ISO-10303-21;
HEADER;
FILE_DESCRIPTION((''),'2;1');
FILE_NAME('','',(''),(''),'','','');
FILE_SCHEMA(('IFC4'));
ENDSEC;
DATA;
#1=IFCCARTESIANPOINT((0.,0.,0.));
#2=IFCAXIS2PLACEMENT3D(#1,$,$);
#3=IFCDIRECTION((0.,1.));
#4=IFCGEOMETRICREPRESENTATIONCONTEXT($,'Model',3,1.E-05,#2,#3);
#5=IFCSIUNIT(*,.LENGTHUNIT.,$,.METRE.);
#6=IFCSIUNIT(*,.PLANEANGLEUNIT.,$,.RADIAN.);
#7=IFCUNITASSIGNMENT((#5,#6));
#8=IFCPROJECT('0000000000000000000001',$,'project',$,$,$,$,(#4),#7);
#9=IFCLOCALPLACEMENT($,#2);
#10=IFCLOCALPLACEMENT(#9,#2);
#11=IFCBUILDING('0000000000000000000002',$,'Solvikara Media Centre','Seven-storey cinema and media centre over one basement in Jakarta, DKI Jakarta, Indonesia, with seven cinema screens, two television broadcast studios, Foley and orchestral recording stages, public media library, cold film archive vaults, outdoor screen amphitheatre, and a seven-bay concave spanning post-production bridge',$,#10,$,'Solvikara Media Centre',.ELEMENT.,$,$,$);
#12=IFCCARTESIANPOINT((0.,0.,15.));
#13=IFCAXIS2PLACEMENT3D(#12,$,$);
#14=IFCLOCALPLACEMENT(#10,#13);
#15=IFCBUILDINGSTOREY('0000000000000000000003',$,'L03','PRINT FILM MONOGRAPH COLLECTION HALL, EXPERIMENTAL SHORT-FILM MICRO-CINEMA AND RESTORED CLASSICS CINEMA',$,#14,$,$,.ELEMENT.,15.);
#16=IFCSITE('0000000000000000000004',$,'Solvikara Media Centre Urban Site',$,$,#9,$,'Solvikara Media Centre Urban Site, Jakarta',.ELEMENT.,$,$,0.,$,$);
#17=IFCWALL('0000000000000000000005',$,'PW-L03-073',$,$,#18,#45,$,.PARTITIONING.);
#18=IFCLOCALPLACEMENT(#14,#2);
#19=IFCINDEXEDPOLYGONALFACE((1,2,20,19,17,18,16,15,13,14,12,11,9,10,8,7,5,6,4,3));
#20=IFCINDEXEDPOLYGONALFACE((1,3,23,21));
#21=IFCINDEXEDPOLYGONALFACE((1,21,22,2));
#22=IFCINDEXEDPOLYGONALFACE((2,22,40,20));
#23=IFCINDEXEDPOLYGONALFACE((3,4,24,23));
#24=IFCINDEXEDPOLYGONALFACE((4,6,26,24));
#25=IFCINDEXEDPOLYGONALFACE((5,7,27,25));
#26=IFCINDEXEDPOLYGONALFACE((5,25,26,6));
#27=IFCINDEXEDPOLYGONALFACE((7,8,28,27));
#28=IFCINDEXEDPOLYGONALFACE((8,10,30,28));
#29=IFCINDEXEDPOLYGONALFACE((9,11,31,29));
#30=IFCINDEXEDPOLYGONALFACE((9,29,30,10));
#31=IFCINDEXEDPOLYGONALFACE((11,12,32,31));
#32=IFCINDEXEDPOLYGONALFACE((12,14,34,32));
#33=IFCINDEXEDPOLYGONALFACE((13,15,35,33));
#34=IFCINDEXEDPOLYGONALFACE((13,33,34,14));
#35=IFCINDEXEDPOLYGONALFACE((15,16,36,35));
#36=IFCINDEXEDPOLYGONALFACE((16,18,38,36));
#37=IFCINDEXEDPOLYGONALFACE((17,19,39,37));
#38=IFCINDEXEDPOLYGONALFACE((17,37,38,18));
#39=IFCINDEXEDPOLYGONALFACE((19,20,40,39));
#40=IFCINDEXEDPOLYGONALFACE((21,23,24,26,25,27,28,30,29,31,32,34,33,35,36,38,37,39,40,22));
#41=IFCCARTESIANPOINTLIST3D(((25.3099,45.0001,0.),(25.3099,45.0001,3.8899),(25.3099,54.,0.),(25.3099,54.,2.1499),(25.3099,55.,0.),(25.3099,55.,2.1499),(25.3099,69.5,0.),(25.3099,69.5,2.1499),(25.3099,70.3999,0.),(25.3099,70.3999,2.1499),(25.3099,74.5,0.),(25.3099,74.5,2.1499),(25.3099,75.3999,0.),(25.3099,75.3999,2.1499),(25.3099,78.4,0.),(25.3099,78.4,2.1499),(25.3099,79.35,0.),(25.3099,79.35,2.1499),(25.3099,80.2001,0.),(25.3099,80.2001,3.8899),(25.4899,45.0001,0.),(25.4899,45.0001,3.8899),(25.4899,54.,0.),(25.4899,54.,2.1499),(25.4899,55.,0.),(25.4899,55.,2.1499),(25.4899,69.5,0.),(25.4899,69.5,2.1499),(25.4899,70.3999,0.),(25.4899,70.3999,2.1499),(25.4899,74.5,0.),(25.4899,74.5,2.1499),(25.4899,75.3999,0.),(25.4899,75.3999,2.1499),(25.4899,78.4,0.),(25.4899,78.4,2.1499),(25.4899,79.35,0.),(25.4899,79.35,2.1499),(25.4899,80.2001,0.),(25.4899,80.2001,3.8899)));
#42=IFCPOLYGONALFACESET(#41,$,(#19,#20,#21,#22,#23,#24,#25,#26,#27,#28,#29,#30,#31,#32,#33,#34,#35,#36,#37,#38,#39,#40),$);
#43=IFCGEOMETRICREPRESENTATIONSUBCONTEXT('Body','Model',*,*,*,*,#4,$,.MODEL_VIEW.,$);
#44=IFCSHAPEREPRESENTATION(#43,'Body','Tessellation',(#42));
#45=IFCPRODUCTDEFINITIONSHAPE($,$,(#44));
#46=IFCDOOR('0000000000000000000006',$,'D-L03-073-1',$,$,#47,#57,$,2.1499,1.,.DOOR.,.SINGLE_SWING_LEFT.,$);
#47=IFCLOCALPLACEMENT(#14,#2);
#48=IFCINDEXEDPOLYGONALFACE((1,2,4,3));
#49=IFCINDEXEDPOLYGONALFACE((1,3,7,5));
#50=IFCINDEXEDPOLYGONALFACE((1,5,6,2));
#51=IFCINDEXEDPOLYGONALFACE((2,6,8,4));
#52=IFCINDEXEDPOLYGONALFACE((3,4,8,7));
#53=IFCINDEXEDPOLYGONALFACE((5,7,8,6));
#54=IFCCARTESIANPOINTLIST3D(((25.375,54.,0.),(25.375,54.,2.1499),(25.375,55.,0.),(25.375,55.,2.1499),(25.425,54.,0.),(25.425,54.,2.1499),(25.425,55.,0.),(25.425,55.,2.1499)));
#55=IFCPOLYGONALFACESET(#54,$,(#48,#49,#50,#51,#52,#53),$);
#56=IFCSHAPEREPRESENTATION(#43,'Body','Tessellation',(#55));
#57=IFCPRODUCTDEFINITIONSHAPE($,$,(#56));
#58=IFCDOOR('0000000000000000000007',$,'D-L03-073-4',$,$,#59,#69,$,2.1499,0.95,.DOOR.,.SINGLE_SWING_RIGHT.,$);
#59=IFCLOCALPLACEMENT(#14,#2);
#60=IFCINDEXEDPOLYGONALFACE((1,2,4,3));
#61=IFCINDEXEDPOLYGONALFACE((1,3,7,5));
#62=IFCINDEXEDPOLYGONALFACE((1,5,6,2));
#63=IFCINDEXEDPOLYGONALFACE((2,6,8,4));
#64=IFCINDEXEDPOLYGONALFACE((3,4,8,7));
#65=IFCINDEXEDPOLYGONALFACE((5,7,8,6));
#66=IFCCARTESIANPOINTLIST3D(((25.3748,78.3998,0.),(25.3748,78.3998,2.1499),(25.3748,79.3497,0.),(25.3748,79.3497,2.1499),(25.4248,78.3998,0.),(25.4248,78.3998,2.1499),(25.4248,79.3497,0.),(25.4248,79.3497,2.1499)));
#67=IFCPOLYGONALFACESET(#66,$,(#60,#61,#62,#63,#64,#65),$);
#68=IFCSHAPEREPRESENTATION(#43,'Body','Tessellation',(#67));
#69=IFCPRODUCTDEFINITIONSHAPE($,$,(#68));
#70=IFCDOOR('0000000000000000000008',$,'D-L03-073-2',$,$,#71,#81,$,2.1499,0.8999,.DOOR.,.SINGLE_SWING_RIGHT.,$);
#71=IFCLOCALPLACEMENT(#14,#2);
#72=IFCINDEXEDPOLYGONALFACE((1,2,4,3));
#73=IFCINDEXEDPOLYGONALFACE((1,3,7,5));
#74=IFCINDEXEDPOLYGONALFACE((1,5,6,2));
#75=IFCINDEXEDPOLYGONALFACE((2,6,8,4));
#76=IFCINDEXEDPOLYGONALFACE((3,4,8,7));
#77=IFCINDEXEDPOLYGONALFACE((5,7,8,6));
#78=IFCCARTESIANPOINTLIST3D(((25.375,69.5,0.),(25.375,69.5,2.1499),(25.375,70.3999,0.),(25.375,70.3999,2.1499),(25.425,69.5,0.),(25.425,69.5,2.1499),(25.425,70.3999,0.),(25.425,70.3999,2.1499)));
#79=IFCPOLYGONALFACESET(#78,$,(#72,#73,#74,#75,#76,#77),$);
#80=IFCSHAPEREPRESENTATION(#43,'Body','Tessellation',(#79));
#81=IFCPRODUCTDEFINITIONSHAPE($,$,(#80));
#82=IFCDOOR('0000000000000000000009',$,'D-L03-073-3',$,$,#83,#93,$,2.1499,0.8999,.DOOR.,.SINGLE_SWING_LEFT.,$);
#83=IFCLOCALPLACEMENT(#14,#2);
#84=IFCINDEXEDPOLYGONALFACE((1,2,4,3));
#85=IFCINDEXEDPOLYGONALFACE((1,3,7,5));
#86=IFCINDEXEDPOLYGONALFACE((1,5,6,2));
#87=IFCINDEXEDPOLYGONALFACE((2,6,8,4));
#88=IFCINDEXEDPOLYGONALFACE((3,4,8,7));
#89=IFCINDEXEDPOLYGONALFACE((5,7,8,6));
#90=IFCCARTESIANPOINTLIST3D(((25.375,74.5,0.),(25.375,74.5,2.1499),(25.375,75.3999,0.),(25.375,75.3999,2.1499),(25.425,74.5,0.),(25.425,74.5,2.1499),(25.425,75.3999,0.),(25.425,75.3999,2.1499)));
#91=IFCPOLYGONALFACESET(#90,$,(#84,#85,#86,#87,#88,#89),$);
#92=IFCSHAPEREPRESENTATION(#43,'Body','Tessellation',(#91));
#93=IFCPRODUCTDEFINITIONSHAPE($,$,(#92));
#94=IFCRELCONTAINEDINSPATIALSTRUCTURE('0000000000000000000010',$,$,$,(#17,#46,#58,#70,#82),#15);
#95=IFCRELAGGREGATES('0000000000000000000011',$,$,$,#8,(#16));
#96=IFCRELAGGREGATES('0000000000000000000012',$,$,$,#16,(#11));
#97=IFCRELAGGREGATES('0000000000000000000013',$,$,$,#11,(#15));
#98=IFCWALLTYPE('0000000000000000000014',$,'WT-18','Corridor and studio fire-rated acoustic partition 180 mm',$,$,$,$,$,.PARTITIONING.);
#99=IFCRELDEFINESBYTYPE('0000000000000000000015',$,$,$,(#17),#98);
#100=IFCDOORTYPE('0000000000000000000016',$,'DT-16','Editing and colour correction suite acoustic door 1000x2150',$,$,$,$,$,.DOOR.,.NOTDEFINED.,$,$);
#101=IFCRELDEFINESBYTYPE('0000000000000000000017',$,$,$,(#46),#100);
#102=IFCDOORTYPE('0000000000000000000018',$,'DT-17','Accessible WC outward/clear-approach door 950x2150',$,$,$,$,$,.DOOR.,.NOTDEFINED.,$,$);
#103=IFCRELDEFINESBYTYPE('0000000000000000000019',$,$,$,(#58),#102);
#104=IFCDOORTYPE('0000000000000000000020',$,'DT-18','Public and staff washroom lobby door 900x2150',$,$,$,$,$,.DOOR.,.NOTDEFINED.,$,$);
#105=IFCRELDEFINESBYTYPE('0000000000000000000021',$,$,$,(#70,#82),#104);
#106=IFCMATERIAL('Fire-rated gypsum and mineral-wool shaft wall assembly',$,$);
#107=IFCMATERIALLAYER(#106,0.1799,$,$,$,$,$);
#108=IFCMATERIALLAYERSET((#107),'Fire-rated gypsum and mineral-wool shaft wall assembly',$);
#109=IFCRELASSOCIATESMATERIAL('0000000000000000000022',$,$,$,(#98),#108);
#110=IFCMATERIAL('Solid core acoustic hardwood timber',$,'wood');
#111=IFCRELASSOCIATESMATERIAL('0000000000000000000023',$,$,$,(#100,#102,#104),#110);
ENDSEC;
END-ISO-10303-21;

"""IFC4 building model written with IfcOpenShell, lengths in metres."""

from ifc_helpers import new_model, si_unit, direction, frame, frame_2d, origin, place, context, subcontext, project, spatial, rectangle, extrude, material, layer, layer_set, type_object, element, fill, save


model = new_model("IFC4")

# Units and contexts
model_context = context("Model", 3, precision=1e-05, world=origin(), true_north=direction((0.0, 1.0)))
body_context = subcontext(model_context, "Body", "Model", "MODEL_VIEW")
ifc_project = project(units=[si_unit("LENGTHUNIT", "METRE"), si_unit("PLANEANGLEUNIT", "RADIAN")], contexts=[model_context])

# Site, building, storey
site_placement = place(None, origin())
site = spatial("IfcSite", under=ifc_project, at=site_placement, Name="Solvikara Media Centre Urban Site", LongName="Solvikara Media Centre Urban Site, Jakarta", CompositionType="ELEMENT", RefElevation=0.0)
building_placement = place(site_placement, origin())
building = spatial("IfcBuilding", under=site, at=building_placement, Name="Solvikara Media Centre", Description="Seven-storey cinema and media centre over one basement in Jakarta, DKI Jakarta, Indonesia, with seven cinema screens, two television broadcast studios, Foley and orchestral recording stages, public media library, cold film archive vaults, outdoor screen amphitheatre, and a seven-bay concave spanning post-production bridge", LongName="Solvikara Media Centre", CompositionType="ELEMENT")
storey_placement = place(building_placement, frame((0.0, 0.0, 15.0)))
storey = spatial("IfcBuildingStorey", under=building, at=storey_placement, Name="L03", Description="PRINT FILM MONOGRAPH COLLECTION HALL, EXPERIMENTAL SHORT-FILM MICRO-CINEMA AND RESTORED CLASSICS CINEMA", CompositionType="ELEMENT", Elevation=15.0)

# Wall, openings, doors
ifc_material_1 = material(Name="Fire-rated gypsum and mineral-wool shaft wall assembly")
ifc_layer = layer(ifc_material_1, 0.1799)
ifc_layer_set = layer_set([ifc_layer], Name="Fire-rated gypsum and mineral-wool shaft wall assembly")
wall_type = type_object("IfcWallType", Name="WT-18", Description="Corridor and studio fire-rated acoustic partition 180 mm", PredefinedType="PARTITIONING", material=ifc_layer_set)
wall_placement = place(storey_placement, frame((25.3999, 45.0, 0.0), z_axis=(0.0, 0.0, 1.0), x_axis=(0.0, 1.0, 0.0)))
wall = element("IfcWall", 1, at=wall_placement, inside=storey, type_object=wall_type, Name="PW-L03-073", PredefinedType="PARTITIONING", context=body_context, shape_type="SweptSolid", body=[
    extrude(rectangle(XDim=35.2, YDim=0.1799, at=frame_2d((17.6001, 0.0))), origin(), (0.0, 0.0, 1.0), 3.8899),
])
opening_1_placement = place(wall_placement, frame((9.0, 0.0, 0.0)))
opening_1 = element("IfcOpeningElement", 2, at=opening_1_placement, cuts=wall, PredefinedType="OPENING", context=body_context, shape_type="SweptSolid", body=[
    extrude(rectangle(XDim=1.0, YDim=2.1499, at=frame_2d((0.5, 1.075))), frame((0.0, 0.1021, 0.0), z_axis=(0.0, -1.0, 0.0), x_axis=(1.0, 0.0, 0.0)), (0.0, 0.0, 1.0), 0.2039),
])
opening_2_placement = place(wall_placement, frame((24.5, 0.0, 0.0)))
opening_2 = element("IfcOpeningElement", 3, at=opening_2_placement, cuts=wall, PredefinedType="OPENING", context=body_context, shape_type="SweptSolid", body=[
    extrude(rectangle(XDim=0.8999, YDim=2.1499, at=frame_2d((0.45, 1.075))), frame((0.0, 0.1021, 0.0), z_axis=(0.0, -1.0, 0.0), x_axis=(1.0, 0.0, 0.0)), (0.0, 0.0, 1.0), 0.2039),
])
opening_3_placement = place(wall_placement, frame((29.5, 0.0, 0.0)))
opening_3 = element("IfcOpeningElement", 4, at=opening_3_placement, cuts=wall, PredefinedType="OPENING", context=body_context, shape_type="SweptSolid", body=[
    extrude(rectangle(XDim=0.8999, YDim=2.1499, at=frame_2d((0.45, 1.075))), frame((0.0, 0.1021, 0.0), z_axis=(0.0, -1.0, 0.0), x_axis=(1.0, 0.0, 0.0)), (0.0, 0.0, 1.0), 0.2039),
])
opening_4_placement = place(wall_placement, frame((33.3999, 0.0, 0.0)))
opening_4 = element("IfcOpeningElement", 5, at=opening_4_placement, cuts=wall, PredefinedType="OPENING", context=body_context, shape_type="SweptSolid", body=[
    extrude(rectangle(XDim=0.95, YDim=2.1499, at=frame_2d((0.4751, 1.075))), frame((0.0, 0.1021, 0.0), z_axis=(0.0, -1.0, 0.0), x_axis=(1.0, 0.0, 0.0)), (0.0, 0.0, 1.0), 0.2039),
])
ifc_material_2 = material(Name="Solid core acoustic hardwood timber", Category="wood")
door_type_1 = type_object("IfcDoorType", Name="DT-16", Description="Editing and colour correction suite acoustic door 1000x2150", OperationType="NOTDEFINED", PredefinedType="DOOR", material=ifc_material_2)
door_1_placement = place(opening_1_placement, origin())
door_1 = element("IfcDoor", 6, at=door_1_placement, inside=storey, type_object=door_type_1, Name="D-L03-073-1", OperationType="SINGLE_SWING_LEFT", OverallHeight=2.1499, OverallWidth=1.0, PredefinedType="DOOR", context=body_context, shape_type="SweptSolid", body=[
    extrude(rectangle(XDim=1.0, YDim=2.1499, at=frame_2d((0.5, 1.075))), frame((0.0, 0.0249, 0.0), z_axis=(0.0, -1.0, 0.0), x_axis=(1.0, 0.0, 0.0)), (0.0, 0.0, 1.0), 0.05),
])
fill(opening_1, door_1)
door_type_2 = type_object("IfcDoorType", Name="DT-17", Description="Accessible WC outward/clear-approach door 950x2150", OperationType="NOTDEFINED", PredefinedType="DOOR", material=ifc_material_2)
door_2_placement = place(opening_4_placement, frame((0.95, 0.0, 0.0), z_axis=(0.0, 0.0, 1.0), x_axis=(-1.0, 0.0, 0.0)))
door_2 = element("IfcDoor", 7, at=door_2_placement, inside=storey, type_object=door_type_2, Name="D-L03-073-4", OperationType="SINGLE_SWING_RIGHT", OverallHeight=2.1499, OverallWidth=0.95, PredefinedType="DOOR", context=body_context, shape_type="SweptSolid", body=[
    extrude(rectangle(XDim=0.95, YDim=2.1499, at=frame_2d((0.4751, 1.075))), frame((0.0, 0.0249, 0.0), z_axis=(0.0, -1.0, 0.0), x_axis=(1.0, 0.0, 0.0)), (0.0, 0.0, 1.0), 0.05),
])
fill(opening_4, door_2)
door_type_3 = type_object("IfcDoorType", Name="DT-18", Description="Public and staff washroom lobby door 900x2150", OperationType="NOTDEFINED", PredefinedType="DOOR", material=ifc_material_2)
door_3_placement = place(opening_2_placement, origin())
door_3 = element("IfcDoor", 8, at=door_3_placement, inside=storey, type_object=door_type_3, Name="D-L03-073-2", OperationType="SINGLE_SWING_RIGHT", OverallHeight=2.1499, OverallWidth=0.8999, PredefinedType="DOOR", context=body_context, shape_type="SweptSolid", body=[
    extrude(rectangle(XDim=0.8999, YDim=2.1499, at=frame_2d((0.45, 1.075))), frame((0.0, 0.0249, 0.0), z_axis=(0.0, -1.0, 0.0), x_axis=(1.0, 0.0, 0.0)), (0.0, 0.0, 1.0), 0.05),
])
fill(opening_2, door_3)
door_4_placement = place(opening_3_placement, origin())
door_4 = element("IfcDoor", 9, at=door_4_placement, inside=storey, type_object=door_type_3, Name="D-L03-073-3", OperationType="SINGLE_SWING_LEFT", OverallHeight=2.1499, OverallWidth=0.8999, PredefinedType="DOOR", context=body_context, shape_type="SweptSolid", body=[
    extrude(rectangle(XDim=0.8999, YDim=2.1499, at=frame_2d((0.45, 1.075))), frame((0.0, 0.0249, 0.0), z_axis=(0.0, -1.0, 0.0), x_axis=(1.0, 0.0, 0.0)), (0.0, 0.0, 1.0), 0.05),
])
fill(opening_3, door_4)

save(model, "model.ifc")
